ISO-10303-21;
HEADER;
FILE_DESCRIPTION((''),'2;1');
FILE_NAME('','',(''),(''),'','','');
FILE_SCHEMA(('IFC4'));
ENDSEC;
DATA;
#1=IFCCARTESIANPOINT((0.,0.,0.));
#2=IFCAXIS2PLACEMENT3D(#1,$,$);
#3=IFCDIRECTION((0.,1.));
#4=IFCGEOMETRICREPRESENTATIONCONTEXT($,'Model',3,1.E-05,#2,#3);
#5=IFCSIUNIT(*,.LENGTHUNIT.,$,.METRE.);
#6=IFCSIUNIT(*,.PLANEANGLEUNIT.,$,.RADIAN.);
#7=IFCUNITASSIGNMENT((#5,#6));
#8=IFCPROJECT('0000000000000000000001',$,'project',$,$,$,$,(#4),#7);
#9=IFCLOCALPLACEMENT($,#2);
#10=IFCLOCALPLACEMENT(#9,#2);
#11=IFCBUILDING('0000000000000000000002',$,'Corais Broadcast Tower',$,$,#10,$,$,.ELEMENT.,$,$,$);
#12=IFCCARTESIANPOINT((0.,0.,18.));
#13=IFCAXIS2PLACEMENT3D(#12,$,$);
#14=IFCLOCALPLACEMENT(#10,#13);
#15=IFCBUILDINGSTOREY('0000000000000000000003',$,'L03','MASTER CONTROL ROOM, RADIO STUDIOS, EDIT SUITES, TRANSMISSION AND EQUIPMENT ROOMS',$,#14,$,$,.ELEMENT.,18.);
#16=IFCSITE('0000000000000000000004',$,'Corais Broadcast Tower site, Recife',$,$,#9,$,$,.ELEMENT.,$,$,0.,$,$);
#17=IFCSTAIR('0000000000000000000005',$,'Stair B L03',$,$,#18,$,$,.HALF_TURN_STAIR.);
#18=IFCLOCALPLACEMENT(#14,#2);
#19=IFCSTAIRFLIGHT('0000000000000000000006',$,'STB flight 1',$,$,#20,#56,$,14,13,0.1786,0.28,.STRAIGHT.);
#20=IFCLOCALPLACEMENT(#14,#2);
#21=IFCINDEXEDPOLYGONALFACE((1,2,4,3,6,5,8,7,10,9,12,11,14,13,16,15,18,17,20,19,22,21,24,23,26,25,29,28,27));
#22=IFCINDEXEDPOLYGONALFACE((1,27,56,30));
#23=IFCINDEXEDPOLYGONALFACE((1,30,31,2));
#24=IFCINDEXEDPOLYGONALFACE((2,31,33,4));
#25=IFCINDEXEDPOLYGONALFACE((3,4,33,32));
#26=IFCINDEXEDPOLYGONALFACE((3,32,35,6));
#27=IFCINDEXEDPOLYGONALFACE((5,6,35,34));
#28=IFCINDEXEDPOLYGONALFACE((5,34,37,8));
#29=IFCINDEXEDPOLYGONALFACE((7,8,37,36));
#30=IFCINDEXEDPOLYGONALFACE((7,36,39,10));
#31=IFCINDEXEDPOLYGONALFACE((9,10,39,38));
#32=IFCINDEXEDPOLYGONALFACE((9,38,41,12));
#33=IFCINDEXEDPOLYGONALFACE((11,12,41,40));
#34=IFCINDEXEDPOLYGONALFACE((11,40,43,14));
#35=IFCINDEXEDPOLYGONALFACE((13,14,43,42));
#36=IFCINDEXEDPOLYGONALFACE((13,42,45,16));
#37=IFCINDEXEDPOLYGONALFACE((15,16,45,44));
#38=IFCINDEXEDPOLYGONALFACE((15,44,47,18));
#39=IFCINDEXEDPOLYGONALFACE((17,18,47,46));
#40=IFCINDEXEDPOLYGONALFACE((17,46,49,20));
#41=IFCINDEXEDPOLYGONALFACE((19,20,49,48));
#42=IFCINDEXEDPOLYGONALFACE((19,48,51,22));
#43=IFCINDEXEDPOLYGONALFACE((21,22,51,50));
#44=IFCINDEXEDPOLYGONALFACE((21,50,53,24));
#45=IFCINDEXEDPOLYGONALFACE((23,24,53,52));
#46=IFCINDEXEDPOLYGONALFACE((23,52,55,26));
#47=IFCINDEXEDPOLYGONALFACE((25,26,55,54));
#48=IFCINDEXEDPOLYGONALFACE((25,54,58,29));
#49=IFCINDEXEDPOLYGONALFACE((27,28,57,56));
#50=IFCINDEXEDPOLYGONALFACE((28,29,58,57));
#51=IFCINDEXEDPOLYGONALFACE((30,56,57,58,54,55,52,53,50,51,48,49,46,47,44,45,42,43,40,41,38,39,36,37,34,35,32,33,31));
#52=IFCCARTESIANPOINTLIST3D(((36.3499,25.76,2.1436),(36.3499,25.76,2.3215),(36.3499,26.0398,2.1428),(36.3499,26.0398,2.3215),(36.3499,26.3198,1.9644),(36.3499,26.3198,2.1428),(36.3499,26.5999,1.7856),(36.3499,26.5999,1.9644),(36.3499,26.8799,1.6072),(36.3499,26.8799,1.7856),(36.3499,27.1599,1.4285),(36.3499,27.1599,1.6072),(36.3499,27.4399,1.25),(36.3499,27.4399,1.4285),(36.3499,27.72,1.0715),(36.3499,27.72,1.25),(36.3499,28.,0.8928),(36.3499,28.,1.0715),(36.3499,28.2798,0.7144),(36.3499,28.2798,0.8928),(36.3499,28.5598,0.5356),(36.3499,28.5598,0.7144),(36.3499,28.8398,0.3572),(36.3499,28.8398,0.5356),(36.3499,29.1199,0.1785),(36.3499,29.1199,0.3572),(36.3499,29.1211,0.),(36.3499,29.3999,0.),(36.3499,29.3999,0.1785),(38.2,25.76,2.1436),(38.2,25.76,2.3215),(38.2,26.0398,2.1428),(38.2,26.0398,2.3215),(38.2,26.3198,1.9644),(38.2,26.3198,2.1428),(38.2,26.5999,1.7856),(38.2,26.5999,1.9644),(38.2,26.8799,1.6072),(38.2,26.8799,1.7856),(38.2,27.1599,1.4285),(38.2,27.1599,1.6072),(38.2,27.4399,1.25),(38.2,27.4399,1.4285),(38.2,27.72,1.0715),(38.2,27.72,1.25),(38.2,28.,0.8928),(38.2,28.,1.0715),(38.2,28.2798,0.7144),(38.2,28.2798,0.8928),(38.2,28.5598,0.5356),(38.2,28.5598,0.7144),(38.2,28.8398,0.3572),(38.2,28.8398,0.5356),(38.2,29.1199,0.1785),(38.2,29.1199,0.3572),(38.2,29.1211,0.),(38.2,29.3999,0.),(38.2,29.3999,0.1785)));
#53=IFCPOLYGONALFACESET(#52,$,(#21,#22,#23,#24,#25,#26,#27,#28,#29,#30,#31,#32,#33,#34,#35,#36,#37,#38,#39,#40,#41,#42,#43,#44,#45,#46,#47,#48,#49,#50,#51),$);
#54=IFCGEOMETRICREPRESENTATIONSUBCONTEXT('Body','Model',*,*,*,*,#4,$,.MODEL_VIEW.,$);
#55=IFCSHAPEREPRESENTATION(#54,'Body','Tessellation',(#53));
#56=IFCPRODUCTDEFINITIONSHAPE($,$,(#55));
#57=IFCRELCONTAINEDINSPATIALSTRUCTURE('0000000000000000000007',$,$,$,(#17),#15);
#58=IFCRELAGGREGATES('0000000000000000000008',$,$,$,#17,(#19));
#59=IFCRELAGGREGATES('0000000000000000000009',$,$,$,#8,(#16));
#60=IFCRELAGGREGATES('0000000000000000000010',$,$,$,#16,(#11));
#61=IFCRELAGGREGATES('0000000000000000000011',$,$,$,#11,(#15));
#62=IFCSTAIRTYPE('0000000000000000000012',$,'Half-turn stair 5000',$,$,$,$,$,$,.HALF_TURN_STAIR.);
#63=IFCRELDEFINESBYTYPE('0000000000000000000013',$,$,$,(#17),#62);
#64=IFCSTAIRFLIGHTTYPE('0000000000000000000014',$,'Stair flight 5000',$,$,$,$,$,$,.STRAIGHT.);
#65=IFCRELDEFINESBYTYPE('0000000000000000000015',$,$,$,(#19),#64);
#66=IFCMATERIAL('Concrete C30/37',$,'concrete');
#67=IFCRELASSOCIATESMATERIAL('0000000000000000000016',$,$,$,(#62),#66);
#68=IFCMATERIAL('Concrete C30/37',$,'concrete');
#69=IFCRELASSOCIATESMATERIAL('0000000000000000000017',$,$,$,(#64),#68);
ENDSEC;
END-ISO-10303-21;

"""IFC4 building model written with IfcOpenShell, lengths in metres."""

from ifc_helpers import new_model, si_unit, direction, frame, origin, place, context, subcontext, project, spatial, polyline, outline, extrude, material, type_object, element, aggregate, save


model = new_model("IFC4")

# Units and contexts
model_context = context("Model", 3, precision=1e-05, world=origin(), true_north=direction((0.0, 1.0)))
body_context = subcontext(model_context, "Body", "Model", "MODEL_VIEW")
ifc_project = project(units=[si_unit("LENGTHUNIT", "METRE"), si_unit("PLANEANGLEUNIT", "RADIAN")], contexts=[model_context])

# Site, building, storey
site_placement = place(None, origin())
site = spatial("IfcSite", under=ifc_project, at=site_placement, Name="Corais Broadcast Tower site, Recife", CompositionType="ELEMENT", RefElevation=0.0)
building_placement = place(site_placement, origin())
building = spatial("IfcBuilding", under=site, at=building_placement, Name="Corais Broadcast Tower", CompositionType="ELEMENT")
storey_placement = place(building_placement, frame((0.0, 0.0, 18.0)))
storey = spatial("IfcBuildingStorey", under=building, at=storey_placement, Name="L03", Description="MASTER CONTROL ROOM, RADIO STUDIOS, EDIT SUITES, TRANSMISSION AND EQUIPMENT ROOMS", CompositionType="ELEMENT", Elevation=18.0)

# Stair, stair flight
ifc_material_1 = material(Name="Concrete C30/37", Category="concrete")
stair_type = type_object("IfcStairType", Name="Half-turn stair 5000", PredefinedType="HALF_TURN_STAIR", material=ifc_material_1)
stair_placement = place(storey_placement, origin())
stair = element("IfcStair", 1, at=stair_placement, inside=storey, type_object=stair_type, Name="Stair B L03", PredefinedType="HALF_TURN_STAIR")
ifc_material_2 = material(Name="Concrete C30/37", Category="concrete")
stair_flight_type = type_object("IfcStairFlightType", Name="Stair flight 5000", PredefinedType="STRAIGHT", material=ifc_material_2)
stair_flight_placement = place(storey_placement, frame((37.2749, 29.3999, 0.0), z_axis=(0.0, 0.0, 1.0), x_axis=(0.0, -1.0, 0.0)))
stair_flight = element("IfcStairFlight", 2, at=stair_flight_placement, type_object=stair_flight_type, Name="STB flight 1", NumberOfRisers=14, NumberOfTreads=13, PredefinedType="STRAIGHT", RiserHeight=0.1786, TreadLength=0.28, context=body_context, shape_type="SweptSolid", body=[
    extrude(outline(polyline([(0.0, 0.0), (0.0, 0.1785), (0.28, 0.1785), (0.28, 0.3572), (0.5601, 0.3572), (0.5601, 0.5356), (0.8401, 0.5356), (0.8401, 0.7144), (1.1201, 0.7144), (1.1201, 0.8928), (1.3999, 0.8928), (1.3999, 1.0715), (1.6799, 1.0715), (1.6799, 1.25), (1.96, 1.25), (1.96, 1.4285), (2.24, 1.4285), (2.24, 1.6072), (2.52, 1.6072), (2.52, 1.7856), (2.8, 1.7856), (2.8, 1.9644), (3.0801, 1.9644), (3.0801, 2.1428), (3.3601, 2.1428), (3.3601, 2.3215), (3.6399, 2.3215), (3.6399, 2.5), (3.6399, 2.1436), (0.2788, 0.0), (0.0, 0.0)])), frame((0.0, 0.925, 0.0), z_axis=(0.0, -1.0, 0.0), x_axis=(1.0, 0.0, 0.0)), (0.0, 0.0, 1.0), 1.8501),
])
aggregate(stair, [stair_flight])

save(model, "model.ifc")
